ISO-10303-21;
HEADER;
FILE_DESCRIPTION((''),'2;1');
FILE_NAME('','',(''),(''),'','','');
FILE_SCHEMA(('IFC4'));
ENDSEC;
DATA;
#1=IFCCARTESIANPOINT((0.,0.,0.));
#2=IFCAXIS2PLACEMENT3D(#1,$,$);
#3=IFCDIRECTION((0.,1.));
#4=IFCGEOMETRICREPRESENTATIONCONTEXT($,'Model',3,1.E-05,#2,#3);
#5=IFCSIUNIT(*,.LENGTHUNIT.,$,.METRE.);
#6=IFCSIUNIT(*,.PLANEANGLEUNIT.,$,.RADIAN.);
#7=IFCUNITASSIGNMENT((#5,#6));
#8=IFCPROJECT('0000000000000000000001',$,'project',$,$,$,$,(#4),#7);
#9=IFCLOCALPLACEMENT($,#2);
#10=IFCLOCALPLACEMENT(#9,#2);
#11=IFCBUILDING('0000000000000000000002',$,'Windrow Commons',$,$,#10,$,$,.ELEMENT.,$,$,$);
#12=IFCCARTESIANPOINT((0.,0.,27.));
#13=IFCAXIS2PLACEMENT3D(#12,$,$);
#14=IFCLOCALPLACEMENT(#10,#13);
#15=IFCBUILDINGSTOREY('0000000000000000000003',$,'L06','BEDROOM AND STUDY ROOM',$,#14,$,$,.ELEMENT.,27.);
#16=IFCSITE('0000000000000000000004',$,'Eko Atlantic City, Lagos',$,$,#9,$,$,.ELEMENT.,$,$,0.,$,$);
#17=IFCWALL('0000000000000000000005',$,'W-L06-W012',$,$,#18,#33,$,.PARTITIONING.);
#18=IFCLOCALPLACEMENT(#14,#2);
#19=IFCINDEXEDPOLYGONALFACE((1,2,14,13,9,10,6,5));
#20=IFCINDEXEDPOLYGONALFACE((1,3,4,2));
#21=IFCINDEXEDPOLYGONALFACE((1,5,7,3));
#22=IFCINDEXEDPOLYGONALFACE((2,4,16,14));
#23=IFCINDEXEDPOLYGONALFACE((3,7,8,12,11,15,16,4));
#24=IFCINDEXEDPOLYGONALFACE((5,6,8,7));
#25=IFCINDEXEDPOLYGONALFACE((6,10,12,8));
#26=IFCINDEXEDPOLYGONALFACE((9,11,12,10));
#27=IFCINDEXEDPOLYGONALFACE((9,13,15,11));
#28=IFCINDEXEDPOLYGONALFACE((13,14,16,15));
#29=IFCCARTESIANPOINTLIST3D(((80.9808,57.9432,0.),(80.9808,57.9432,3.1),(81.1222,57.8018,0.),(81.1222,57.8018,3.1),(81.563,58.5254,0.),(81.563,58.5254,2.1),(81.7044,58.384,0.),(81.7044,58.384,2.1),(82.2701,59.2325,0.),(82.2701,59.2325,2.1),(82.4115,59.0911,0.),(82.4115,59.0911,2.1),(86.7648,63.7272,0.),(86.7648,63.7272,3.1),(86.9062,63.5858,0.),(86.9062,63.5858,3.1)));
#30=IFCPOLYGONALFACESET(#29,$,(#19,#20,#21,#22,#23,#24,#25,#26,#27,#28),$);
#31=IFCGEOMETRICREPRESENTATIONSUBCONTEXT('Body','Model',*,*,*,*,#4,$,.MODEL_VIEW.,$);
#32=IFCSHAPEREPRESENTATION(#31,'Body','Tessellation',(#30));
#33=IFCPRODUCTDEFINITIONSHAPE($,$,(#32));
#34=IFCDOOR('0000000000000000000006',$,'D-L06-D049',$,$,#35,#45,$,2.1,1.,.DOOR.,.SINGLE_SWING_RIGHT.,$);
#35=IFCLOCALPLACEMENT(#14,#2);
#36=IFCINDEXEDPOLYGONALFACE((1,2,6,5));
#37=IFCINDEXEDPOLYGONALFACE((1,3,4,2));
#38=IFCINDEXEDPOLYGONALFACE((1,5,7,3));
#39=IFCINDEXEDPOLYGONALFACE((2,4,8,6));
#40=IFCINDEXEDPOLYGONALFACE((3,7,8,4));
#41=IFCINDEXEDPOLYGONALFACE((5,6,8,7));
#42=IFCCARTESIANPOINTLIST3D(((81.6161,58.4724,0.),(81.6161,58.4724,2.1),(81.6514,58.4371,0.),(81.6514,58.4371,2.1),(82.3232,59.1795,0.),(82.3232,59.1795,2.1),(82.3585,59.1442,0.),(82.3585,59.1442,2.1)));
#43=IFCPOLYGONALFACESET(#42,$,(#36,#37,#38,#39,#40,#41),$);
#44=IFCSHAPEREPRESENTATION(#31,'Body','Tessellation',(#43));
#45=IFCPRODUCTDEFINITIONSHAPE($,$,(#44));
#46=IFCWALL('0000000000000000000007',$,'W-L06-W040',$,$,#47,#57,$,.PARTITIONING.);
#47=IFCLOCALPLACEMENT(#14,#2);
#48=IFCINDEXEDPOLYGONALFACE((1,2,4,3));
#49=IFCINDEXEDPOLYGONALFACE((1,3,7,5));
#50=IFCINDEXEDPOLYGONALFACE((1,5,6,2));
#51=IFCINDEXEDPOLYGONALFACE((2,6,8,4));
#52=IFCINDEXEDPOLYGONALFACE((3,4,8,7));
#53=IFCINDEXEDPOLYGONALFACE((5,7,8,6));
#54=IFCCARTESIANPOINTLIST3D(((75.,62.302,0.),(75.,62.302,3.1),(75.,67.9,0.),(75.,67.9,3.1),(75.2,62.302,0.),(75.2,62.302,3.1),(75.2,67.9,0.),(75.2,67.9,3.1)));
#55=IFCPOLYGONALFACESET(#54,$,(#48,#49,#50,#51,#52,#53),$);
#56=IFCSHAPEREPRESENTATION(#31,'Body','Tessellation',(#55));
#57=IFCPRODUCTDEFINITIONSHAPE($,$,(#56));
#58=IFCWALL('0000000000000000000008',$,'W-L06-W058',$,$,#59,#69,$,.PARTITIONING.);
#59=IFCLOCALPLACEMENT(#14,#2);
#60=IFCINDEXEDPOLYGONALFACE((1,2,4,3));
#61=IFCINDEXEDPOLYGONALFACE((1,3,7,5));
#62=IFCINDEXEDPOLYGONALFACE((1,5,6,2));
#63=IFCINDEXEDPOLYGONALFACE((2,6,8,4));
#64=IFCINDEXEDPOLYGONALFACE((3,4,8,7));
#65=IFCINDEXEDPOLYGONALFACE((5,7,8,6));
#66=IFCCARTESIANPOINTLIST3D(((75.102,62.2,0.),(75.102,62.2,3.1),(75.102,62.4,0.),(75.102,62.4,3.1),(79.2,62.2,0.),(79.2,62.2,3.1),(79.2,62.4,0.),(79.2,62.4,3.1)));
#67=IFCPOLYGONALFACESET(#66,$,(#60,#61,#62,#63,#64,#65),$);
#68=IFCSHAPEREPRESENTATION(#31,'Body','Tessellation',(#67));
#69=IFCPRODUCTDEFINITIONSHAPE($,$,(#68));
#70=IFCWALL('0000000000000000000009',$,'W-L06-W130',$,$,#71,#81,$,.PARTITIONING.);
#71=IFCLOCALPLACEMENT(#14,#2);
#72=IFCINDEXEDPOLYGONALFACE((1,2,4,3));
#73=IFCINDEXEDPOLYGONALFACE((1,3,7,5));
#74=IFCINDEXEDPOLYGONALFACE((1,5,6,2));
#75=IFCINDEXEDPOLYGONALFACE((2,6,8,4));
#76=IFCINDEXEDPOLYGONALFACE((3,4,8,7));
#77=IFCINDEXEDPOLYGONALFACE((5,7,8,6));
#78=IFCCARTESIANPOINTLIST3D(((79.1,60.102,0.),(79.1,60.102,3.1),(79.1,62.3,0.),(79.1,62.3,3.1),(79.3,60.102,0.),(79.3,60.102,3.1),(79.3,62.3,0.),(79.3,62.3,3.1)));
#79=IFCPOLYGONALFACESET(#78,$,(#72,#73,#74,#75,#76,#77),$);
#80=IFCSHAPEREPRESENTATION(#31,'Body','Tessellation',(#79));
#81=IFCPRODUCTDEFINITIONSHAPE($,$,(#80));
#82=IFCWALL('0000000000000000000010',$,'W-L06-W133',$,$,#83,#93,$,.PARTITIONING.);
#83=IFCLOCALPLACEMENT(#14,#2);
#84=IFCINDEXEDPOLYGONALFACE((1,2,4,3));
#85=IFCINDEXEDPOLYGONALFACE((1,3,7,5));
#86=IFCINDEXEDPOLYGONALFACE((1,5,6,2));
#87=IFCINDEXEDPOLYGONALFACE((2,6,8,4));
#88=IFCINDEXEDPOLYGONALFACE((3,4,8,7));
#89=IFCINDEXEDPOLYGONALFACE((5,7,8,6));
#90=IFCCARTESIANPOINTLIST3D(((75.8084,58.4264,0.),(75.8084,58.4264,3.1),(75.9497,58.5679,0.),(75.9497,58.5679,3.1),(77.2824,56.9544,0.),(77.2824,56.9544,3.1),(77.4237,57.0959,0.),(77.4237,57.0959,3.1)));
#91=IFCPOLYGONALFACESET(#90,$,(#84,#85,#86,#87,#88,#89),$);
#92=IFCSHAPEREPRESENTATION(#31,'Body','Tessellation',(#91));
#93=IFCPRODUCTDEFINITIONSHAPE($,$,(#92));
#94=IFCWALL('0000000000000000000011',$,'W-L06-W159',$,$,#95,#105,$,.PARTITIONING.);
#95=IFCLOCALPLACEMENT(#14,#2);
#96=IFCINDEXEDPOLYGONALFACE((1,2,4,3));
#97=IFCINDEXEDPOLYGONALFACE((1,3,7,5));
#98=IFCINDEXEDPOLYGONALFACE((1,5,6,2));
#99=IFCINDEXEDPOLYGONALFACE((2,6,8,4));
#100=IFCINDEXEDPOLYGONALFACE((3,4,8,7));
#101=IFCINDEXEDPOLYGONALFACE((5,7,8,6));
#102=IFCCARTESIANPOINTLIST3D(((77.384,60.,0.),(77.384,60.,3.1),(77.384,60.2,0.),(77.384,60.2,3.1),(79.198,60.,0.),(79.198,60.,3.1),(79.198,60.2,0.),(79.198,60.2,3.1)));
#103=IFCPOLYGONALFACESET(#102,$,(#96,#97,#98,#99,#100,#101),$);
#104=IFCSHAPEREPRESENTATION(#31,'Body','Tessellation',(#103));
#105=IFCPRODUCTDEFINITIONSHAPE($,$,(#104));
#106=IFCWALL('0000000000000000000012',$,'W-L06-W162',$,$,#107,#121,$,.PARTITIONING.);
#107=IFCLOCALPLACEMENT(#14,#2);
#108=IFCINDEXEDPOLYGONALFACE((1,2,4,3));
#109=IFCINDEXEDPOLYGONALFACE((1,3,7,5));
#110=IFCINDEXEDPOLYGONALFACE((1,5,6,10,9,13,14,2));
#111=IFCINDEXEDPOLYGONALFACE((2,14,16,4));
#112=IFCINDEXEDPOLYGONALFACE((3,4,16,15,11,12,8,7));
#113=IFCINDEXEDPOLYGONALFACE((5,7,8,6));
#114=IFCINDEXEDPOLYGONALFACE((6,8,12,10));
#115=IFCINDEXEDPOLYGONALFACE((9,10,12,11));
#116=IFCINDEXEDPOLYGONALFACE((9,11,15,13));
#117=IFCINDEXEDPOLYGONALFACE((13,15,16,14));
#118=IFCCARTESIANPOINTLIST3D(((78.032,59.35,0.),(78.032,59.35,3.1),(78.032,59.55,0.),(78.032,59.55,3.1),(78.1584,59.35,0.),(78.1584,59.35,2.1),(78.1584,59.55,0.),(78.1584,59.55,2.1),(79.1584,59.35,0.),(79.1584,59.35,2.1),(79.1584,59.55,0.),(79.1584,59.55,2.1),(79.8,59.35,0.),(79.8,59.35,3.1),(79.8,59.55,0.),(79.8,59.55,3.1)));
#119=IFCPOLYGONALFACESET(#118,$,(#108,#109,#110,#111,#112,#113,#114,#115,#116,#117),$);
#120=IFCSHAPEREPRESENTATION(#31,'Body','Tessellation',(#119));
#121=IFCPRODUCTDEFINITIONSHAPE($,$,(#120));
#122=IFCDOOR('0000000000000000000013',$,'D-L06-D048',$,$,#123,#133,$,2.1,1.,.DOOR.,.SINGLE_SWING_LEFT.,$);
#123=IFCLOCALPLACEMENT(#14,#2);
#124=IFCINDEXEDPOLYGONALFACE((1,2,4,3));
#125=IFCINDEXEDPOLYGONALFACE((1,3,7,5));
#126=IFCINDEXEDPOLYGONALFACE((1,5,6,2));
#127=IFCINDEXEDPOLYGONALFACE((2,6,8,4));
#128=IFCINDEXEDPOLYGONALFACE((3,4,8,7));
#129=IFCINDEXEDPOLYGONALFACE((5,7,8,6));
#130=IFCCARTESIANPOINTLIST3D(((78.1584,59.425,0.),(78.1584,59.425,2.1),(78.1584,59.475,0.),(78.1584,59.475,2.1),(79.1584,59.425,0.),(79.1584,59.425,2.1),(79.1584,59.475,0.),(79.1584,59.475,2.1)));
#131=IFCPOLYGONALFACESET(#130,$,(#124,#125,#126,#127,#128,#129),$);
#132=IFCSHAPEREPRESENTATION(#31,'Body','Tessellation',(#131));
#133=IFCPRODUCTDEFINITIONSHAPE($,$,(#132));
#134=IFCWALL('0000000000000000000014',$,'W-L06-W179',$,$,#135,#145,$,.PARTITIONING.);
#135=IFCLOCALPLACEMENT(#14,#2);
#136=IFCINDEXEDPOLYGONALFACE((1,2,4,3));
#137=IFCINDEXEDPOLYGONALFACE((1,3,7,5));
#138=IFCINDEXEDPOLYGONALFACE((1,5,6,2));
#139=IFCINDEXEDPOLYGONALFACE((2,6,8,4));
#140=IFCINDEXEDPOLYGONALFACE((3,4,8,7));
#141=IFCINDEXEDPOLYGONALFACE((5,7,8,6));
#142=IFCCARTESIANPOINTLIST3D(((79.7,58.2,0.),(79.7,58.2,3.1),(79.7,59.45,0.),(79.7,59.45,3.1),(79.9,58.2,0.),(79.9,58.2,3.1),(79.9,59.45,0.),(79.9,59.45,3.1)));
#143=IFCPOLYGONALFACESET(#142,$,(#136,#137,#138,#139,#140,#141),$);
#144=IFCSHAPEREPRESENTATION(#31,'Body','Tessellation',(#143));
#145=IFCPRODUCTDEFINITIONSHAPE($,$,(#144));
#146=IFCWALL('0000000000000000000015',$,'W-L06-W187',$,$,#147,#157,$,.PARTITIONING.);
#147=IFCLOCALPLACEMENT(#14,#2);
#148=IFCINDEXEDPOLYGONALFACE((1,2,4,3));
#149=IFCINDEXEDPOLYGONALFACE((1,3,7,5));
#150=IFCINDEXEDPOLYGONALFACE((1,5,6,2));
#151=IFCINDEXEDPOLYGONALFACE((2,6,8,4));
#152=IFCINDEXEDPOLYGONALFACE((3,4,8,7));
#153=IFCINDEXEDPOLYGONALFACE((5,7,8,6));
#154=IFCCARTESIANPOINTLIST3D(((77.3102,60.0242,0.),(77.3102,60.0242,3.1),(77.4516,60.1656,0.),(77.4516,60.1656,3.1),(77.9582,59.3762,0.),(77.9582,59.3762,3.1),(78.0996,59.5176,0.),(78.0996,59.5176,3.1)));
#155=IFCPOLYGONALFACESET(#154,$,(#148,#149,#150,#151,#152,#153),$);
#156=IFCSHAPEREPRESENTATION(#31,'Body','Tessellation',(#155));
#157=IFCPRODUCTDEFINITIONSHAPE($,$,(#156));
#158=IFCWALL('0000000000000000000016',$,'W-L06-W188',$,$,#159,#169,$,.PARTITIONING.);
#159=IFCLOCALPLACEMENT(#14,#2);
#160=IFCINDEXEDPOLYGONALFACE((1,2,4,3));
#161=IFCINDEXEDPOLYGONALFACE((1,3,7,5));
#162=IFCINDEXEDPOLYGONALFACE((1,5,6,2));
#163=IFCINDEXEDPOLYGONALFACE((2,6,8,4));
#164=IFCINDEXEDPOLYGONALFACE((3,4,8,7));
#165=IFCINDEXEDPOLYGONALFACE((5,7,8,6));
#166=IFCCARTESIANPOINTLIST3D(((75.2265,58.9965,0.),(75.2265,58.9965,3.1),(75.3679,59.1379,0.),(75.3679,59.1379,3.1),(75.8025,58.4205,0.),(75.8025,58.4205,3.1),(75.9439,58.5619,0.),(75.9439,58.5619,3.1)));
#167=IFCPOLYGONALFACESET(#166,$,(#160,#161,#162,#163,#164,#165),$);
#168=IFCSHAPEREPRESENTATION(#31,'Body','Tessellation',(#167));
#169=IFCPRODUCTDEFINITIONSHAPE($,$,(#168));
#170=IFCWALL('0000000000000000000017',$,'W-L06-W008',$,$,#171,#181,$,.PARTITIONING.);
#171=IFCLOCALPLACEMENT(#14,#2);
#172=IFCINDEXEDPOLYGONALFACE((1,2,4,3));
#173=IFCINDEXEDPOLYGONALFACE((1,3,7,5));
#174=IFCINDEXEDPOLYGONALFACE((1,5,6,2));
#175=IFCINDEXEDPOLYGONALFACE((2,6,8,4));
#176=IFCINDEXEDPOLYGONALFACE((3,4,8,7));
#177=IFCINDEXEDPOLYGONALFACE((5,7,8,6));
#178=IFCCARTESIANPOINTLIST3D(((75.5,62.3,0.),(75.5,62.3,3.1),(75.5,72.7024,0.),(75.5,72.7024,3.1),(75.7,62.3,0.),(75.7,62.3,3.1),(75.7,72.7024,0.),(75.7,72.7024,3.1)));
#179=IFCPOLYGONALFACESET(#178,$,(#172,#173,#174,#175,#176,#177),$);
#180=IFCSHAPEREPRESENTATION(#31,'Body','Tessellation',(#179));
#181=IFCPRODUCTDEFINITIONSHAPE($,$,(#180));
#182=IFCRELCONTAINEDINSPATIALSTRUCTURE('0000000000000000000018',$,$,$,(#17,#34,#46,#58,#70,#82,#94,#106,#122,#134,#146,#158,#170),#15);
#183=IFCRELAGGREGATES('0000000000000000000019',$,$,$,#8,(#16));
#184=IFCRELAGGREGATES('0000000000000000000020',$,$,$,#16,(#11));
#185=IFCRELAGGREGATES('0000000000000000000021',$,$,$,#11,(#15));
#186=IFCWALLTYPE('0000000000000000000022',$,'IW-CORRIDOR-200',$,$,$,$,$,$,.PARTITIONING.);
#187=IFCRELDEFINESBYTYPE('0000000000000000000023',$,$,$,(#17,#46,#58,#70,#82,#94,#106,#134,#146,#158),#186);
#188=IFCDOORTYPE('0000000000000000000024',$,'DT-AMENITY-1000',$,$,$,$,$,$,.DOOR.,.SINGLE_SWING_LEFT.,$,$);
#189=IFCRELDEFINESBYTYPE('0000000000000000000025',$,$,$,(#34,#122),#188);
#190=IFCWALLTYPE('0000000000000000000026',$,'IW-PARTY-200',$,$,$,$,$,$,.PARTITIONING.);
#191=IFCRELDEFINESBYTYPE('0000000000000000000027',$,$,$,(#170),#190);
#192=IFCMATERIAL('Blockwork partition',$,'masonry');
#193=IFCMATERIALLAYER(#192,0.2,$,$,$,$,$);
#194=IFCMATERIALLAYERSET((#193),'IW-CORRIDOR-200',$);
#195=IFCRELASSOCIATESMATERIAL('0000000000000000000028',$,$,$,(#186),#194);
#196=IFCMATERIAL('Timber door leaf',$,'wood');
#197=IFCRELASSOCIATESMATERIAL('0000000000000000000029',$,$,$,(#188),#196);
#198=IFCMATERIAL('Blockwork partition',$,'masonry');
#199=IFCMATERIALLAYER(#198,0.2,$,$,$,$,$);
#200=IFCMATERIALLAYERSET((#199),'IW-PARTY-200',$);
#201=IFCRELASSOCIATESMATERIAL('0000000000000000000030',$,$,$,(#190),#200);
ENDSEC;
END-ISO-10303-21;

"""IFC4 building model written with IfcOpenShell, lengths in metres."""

from ifc_helpers import new_model, si_unit, direction, frame, frame_2d, origin, place, context, subcontext, project, spatial, rectangle, extrude, material, layer, layer_set, type_object, element, fill, save


model = new_model("IFC4")

# Units and contexts
model_context = context("Model", 3, precision=1e-05, world=origin(), true_north=direction((0.0, 1.0)))
body_context = subcontext(model_context, "Body", "Model", "MODEL_VIEW")
ifc_project = project(units=[si_unit("LENGTHUNIT", "METRE"), si_unit("PLANEANGLEUNIT", "RADIAN")], contexts=[model_context])

# Site, building, storey
site_placement = place(None, origin())
site = spatial("IfcSite", under=ifc_project, at=site_placement, Name="Eko Atlantic City, Lagos", CompositionType="ELEMENT", RefElevation=0.0)
building_placement = place(site_placement, origin())
building = spatial("IfcBuilding", under=site, at=building_placement, Name="Windrow Commons", CompositionType="ELEMENT")
storey_placement = place(building_placement, frame((0.0, 0.0, 27.0)))
storey = spatial("IfcBuildingStorey", under=building, at=storey_placement, Name="L06", Description="BEDROOM AND STUDY ROOM", CompositionType="ELEMENT", Elevation=27.0)

# Wall, opening, door
ifc_material_1 = material(Name="Blockwork partition", Category="masonry")
ifc_layer_1 = layer(ifc_material_1, 0.2)
ifc_layer_set_1 = layer_set([ifc_layer_1], Name="IW-CORRIDOR-200")
wall_type_1 = type_object("IfcWallType", Name="IW-CORRIDOR-200", PredefinedType="PARTITIONING", material=ifc_layer_set_1)
wall_1_placement = place(storey_placement, frame((81.0515, 57.8725, 0.0), z_axis=(0.0, 0.0, 1.0), x_axis=(0.707107, 0.707107, 0.0)))
wall_1 = element("IfcWall", 1, at=wall_1_placement, inside=storey, type_object=wall_type_1, Name="W-L06-W012", PredefinedType="PARTITIONING", context=body_context, shape_type="SweptSolid", body=[
    extrude(rectangle(XDim=8.1798, YDim=0.2, at=frame_2d((4.0899, 0.0))), origin(), (0.0, 0.0, 1.0), 3.1),
])
opening_1_placement = place(wall_1_placement, frame((0.8234, 0.0, 0.0)))
opening_1 = element("IfcOpeningElement", 2, at=opening_1_placement, cuts=wall_1, PredefinedType="OPENING", context=body_context, shape_type="SweptSolid", body=[
    extrude(rectangle(XDim=1.0, YDim=2.1, at=frame_2d((0.5, 1.05))), frame((0.0, 0.11, 0.0), z_axis=(0.0, -1.0, 0.0), x_axis=(1.0, 0.0, 0.0)), (0.0, 0.0, 1.0), 0.22),
])
ifc_material_2 = material(Name="Timber door leaf", Category="wood")
door_type = type_object("IfcDoorType", Name="DT-AMENITY-1000", OperationType="SINGLE_SWING_LEFT", PredefinedType="DOOR", material=ifc_material_2)
door_1_placement = place(opening_1_placement, origin())
door_1 = element("IfcDoor", 3, at=door_1_placement, inside=storey, type_object=door_type, Name="D-L06-D049", OperationType="SINGLE_SWING_RIGHT", OverallHeight=2.1, OverallWidth=1.0, PredefinedType="DOOR", context=body_context, shape_type="SweptSolid", body=[
    extrude(rectangle(XDim=1.0, YDim=2.1, at=frame_2d((0.5, 1.05))), frame((0.0, 0.025, 0.0), z_axis=(0.0, -1.0, 0.0), x_axis=(1.0, 0.0, 0.0)), (0.0, 0.0, 1.0), 0.05),
])
fill(opening_1, door_1)

# Walls
wall_2_placement = place(storey_placement, frame((75.1, 62.302, 0.0), z_axis=(0.0, 0.0, 1.0), x_axis=(0.0, 1.0, 0.0)))
element("IfcWall", 4, at=wall_2_placement, inside=storey, type_object=wall_type_1, Name="W-L06-W040", PredefinedType="PARTITIONING", context=body_context, shape_type="SweptSolid", body=[
    extrude(rectangle(XDim=5.598, YDim=0.2, at=frame_2d((2.799, 0.0))), origin(), (0.0, 0.0, 1.0), 3.1),
])
wall_3_placement = place(storey_placement, frame((75.102, 62.3, 0.0), z_axis=(0.0, 0.0, 1.0), x_axis=(1.0, 0.0, 0.0)))
element("IfcWall", 5, at=wall_3_placement, inside=storey, type_object=wall_type_1, Name="W-L06-W058", PredefinedType="PARTITIONING", context=body_context, shape_type="SweptSolid", body=[
    extrude(rectangle(XDim=4.098, YDim=0.2, at=frame_2d((2.049, 0.0))), origin(), (0.0, 0.0, 1.0), 3.1),
])
wall_4_placement = place(storey_placement, frame((79.2, 60.102, 0.0), z_axis=(0.0, 0.0, 1.0), x_axis=(0.0, 1.0, 0.0)))
element("IfcWall", 6, at=wall_4_placement, inside=storey, type_object=wall_type_1, Name="W-L06-W130", PredefinedType="PARTITIONING", context=body_context, shape_type="SweptSolid", body=[
    extrude(rectangle(XDim=2.198, YDim=0.2, at=frame_2d((1.099, 0.0))), origin(), (0.0, 0.0, 1.0), 3.1),
])
wall_5_placement = place(storey_placement, frame((75.8791, 58.4971, 0.0), z_axis=(0.0, 0.0, 1.0), x_axis=(0.707587, -0.706627, 0.0)))
element("IfcWall", 7, at=wall_5_placement, inside=storey, type_object=wall_type_1, Name="W-L06-W133", PredefinedType="PARTITIONING", context=body_context, shape_type="SweptSolid", body=[
    extrude(rectangle(XDim=2.0831, YDim=0.2, at=frame_2d((1.0415, 0.0))), origin(), (0.0, 0.0, 1.0), 3.1),
])
wall_6_placement = place(storey_placement, frame((77.384, 60.1, 0.0), z_axis=(0.0, 0.0, 1.0), x_axis=(1.0, 0.0, 0.0)))
element("IfcWall", 8, at=wall_6_placement, inside=storey, type_object=wall_type_1, Name="W-L06-W159", PredefinedType="PARTITIONING", context=body_context, shape_type="SweptSolid", body=[
    extrude(rectangle(XDim=1.814, YDim=0.2, at=frame_2d((0.907, 0.0))), origin(), (0.0, 0.0, 1.0), 3.1),
])

# Wall, opening, door
wall_7_placement = place(storey_placement, frame((78.032, 59.45, 0.0), z_axis=(0.0, 0.0, 1.0), x_axis=(1.0, 0.0, 0.0)))
wall_7 = element("IfcWall", 9, at=wall_7_placement, inside=storey, type_object=wall_type_1, Name="W-L06-W162", PredefinedType="PARTITIONING", context=body_context, shape_type="SweptSolid", body=[
    extrude(rectangle(XDim=1.768, YDim=0.2, at=frame_2d((0.884, 0.0))), origin(), (0.0, 0.0, 1.0), 3.1),
])
opening_2_placement = place(wall_7_placement, frame((0.1264, 0.0, 0.0)))
opening_2 = element("IfcOpeningElement", 10, at=opening_2_placement, cuts=wall_7, PredefinedType="OPENING", context=body_context, shape_type="SweptSolid", body=[
    extrude(rectangle(XDim=1.0, YDim=2.1, at=frame_2d((0.5, 1.05))), frame((0.0, 0.11, 0.0), z_axis=(0.0, -1.0, 0.0), x_axis=(1.0, 0.0, 0.0)), (0.0, 0.0, 1.0), 0.22),
])
door_2_placement = place(opening_2_placement, origin())
door_2 = element("IfcDoor", 11, at=door_2_placement, inside=storey, type_object=door_type, Name="D-L06-D048", OperationType="SINGLE_SWING_LEFT", OverallHeight=2.1, OverallWidth=1.0, PredefinedType="DOOR", context=body_context, shape_type="SweptSolid", body=[
    extrude(rectangle(XDim=1.0, YDim=2.1, at=frame_2d((0.5, 1.05))), frame((0.0, 0.025, 0.0), z_axis=(0.0, -1.0, 0.0), x_axis=(1.0, 0.0, 0.0)), (0.0, 0.0, 1.0), 0.05),
])
fill(opening_2, door_2)

# Walls
wall_8_placement = place(storey_placement, frame((79.8, 58.2, 0.0), z_axis=(0.0, 0.0, 1.0), x_axis=(0.0, 1.0, 0.0)))
element("IfcWall", 12, at=wall_8_placement, inside=storey, type_object=wall_type_1, Name="W-L06-W179", PredefinedType="PARTITIONING", context=body_context, shape_type="SweptSolid", body=[
    extrude(rectangle(XDim=1.25, YDim=0.2, at=frame_2d((0.625, 0.0))), origin(), (0.0, 0.0, 1.0), 3.1),
])
wall_9_placement = place(storey_placement, frame((77.3809, 60.0949, 0.0), z_axis=(0.0, 0.0, 1.0), x_axis=(0.707107, -0.707107, 0.0)))
element("IfcWall", 13, at=wall_9_placement, inside=storey, type_object=wall_type_1, Name="W-L06-W187", PredefinedType="PARTITIONING", context=body_context, shape_type="SweptSolid", body=[
    extrude(rectangle(XDim=0.9164, YDim=0.2, at=frame_2d((0.4582, 0.0))), origin(), (0.0, 0.0, 1.0), 3.1),
])
wall_10_placement = place(storey_placement, frame((75.2972, 59.0672, 0.0), z_axis=(0.0, 0.0, 1.0), x_axis=(0.707107, -0.707107, 0.0)))
element("IfcWall", 14, at=wall_10_placement, inside=storey, type_object=wall_type_1, Name="W-L06-W188", PredefinedType="PARTITIONING", context=body_context, shape_type="SweptSolid", body=[
    extrude(rectangle(XDim=0.8146, YDim=0.2, at=frame_2d((0.4073, 0.0))), origin(), (0.0, 0.0, 1.0), 3.1),
])
ifc_material_3 = material(Name="Blockwork partition", Category="masonry")
ifc_layer_2 = layer(ifc_material_3, 0.2)
ifc_layer_set_2 = layer_set([ifc_layer_2], Name="IW-PARTY-200")
wall_type_2 = type_object("IfcWallType", Name="IW-PARTY-200", PredefinedType="PARTITIONING", material=ifc_layer_set_2)
wall_11_placement = place(storey_placement, frame((75.6, 62.3, 0.0), z_axis=(0.0, 0.0, 1.0), x_axis=(0.0, 1.0, 0.0)))
element("IfcWall", 15, at=wall_11_placement, inside=storey, type_object=wall_type_2, Name="W-L06-W008", PredefinedType="PARTITIONING", context=body_context, shape_type="SweptSolid", body=[
    extrude(rectangle(XDim=10.4025, YDim=0.2, at=frame_2d((5.2012, 0.0))), origin(), (0.0, 0.0, 1.0), 3.1),
])

save(model, "model.ifc")
